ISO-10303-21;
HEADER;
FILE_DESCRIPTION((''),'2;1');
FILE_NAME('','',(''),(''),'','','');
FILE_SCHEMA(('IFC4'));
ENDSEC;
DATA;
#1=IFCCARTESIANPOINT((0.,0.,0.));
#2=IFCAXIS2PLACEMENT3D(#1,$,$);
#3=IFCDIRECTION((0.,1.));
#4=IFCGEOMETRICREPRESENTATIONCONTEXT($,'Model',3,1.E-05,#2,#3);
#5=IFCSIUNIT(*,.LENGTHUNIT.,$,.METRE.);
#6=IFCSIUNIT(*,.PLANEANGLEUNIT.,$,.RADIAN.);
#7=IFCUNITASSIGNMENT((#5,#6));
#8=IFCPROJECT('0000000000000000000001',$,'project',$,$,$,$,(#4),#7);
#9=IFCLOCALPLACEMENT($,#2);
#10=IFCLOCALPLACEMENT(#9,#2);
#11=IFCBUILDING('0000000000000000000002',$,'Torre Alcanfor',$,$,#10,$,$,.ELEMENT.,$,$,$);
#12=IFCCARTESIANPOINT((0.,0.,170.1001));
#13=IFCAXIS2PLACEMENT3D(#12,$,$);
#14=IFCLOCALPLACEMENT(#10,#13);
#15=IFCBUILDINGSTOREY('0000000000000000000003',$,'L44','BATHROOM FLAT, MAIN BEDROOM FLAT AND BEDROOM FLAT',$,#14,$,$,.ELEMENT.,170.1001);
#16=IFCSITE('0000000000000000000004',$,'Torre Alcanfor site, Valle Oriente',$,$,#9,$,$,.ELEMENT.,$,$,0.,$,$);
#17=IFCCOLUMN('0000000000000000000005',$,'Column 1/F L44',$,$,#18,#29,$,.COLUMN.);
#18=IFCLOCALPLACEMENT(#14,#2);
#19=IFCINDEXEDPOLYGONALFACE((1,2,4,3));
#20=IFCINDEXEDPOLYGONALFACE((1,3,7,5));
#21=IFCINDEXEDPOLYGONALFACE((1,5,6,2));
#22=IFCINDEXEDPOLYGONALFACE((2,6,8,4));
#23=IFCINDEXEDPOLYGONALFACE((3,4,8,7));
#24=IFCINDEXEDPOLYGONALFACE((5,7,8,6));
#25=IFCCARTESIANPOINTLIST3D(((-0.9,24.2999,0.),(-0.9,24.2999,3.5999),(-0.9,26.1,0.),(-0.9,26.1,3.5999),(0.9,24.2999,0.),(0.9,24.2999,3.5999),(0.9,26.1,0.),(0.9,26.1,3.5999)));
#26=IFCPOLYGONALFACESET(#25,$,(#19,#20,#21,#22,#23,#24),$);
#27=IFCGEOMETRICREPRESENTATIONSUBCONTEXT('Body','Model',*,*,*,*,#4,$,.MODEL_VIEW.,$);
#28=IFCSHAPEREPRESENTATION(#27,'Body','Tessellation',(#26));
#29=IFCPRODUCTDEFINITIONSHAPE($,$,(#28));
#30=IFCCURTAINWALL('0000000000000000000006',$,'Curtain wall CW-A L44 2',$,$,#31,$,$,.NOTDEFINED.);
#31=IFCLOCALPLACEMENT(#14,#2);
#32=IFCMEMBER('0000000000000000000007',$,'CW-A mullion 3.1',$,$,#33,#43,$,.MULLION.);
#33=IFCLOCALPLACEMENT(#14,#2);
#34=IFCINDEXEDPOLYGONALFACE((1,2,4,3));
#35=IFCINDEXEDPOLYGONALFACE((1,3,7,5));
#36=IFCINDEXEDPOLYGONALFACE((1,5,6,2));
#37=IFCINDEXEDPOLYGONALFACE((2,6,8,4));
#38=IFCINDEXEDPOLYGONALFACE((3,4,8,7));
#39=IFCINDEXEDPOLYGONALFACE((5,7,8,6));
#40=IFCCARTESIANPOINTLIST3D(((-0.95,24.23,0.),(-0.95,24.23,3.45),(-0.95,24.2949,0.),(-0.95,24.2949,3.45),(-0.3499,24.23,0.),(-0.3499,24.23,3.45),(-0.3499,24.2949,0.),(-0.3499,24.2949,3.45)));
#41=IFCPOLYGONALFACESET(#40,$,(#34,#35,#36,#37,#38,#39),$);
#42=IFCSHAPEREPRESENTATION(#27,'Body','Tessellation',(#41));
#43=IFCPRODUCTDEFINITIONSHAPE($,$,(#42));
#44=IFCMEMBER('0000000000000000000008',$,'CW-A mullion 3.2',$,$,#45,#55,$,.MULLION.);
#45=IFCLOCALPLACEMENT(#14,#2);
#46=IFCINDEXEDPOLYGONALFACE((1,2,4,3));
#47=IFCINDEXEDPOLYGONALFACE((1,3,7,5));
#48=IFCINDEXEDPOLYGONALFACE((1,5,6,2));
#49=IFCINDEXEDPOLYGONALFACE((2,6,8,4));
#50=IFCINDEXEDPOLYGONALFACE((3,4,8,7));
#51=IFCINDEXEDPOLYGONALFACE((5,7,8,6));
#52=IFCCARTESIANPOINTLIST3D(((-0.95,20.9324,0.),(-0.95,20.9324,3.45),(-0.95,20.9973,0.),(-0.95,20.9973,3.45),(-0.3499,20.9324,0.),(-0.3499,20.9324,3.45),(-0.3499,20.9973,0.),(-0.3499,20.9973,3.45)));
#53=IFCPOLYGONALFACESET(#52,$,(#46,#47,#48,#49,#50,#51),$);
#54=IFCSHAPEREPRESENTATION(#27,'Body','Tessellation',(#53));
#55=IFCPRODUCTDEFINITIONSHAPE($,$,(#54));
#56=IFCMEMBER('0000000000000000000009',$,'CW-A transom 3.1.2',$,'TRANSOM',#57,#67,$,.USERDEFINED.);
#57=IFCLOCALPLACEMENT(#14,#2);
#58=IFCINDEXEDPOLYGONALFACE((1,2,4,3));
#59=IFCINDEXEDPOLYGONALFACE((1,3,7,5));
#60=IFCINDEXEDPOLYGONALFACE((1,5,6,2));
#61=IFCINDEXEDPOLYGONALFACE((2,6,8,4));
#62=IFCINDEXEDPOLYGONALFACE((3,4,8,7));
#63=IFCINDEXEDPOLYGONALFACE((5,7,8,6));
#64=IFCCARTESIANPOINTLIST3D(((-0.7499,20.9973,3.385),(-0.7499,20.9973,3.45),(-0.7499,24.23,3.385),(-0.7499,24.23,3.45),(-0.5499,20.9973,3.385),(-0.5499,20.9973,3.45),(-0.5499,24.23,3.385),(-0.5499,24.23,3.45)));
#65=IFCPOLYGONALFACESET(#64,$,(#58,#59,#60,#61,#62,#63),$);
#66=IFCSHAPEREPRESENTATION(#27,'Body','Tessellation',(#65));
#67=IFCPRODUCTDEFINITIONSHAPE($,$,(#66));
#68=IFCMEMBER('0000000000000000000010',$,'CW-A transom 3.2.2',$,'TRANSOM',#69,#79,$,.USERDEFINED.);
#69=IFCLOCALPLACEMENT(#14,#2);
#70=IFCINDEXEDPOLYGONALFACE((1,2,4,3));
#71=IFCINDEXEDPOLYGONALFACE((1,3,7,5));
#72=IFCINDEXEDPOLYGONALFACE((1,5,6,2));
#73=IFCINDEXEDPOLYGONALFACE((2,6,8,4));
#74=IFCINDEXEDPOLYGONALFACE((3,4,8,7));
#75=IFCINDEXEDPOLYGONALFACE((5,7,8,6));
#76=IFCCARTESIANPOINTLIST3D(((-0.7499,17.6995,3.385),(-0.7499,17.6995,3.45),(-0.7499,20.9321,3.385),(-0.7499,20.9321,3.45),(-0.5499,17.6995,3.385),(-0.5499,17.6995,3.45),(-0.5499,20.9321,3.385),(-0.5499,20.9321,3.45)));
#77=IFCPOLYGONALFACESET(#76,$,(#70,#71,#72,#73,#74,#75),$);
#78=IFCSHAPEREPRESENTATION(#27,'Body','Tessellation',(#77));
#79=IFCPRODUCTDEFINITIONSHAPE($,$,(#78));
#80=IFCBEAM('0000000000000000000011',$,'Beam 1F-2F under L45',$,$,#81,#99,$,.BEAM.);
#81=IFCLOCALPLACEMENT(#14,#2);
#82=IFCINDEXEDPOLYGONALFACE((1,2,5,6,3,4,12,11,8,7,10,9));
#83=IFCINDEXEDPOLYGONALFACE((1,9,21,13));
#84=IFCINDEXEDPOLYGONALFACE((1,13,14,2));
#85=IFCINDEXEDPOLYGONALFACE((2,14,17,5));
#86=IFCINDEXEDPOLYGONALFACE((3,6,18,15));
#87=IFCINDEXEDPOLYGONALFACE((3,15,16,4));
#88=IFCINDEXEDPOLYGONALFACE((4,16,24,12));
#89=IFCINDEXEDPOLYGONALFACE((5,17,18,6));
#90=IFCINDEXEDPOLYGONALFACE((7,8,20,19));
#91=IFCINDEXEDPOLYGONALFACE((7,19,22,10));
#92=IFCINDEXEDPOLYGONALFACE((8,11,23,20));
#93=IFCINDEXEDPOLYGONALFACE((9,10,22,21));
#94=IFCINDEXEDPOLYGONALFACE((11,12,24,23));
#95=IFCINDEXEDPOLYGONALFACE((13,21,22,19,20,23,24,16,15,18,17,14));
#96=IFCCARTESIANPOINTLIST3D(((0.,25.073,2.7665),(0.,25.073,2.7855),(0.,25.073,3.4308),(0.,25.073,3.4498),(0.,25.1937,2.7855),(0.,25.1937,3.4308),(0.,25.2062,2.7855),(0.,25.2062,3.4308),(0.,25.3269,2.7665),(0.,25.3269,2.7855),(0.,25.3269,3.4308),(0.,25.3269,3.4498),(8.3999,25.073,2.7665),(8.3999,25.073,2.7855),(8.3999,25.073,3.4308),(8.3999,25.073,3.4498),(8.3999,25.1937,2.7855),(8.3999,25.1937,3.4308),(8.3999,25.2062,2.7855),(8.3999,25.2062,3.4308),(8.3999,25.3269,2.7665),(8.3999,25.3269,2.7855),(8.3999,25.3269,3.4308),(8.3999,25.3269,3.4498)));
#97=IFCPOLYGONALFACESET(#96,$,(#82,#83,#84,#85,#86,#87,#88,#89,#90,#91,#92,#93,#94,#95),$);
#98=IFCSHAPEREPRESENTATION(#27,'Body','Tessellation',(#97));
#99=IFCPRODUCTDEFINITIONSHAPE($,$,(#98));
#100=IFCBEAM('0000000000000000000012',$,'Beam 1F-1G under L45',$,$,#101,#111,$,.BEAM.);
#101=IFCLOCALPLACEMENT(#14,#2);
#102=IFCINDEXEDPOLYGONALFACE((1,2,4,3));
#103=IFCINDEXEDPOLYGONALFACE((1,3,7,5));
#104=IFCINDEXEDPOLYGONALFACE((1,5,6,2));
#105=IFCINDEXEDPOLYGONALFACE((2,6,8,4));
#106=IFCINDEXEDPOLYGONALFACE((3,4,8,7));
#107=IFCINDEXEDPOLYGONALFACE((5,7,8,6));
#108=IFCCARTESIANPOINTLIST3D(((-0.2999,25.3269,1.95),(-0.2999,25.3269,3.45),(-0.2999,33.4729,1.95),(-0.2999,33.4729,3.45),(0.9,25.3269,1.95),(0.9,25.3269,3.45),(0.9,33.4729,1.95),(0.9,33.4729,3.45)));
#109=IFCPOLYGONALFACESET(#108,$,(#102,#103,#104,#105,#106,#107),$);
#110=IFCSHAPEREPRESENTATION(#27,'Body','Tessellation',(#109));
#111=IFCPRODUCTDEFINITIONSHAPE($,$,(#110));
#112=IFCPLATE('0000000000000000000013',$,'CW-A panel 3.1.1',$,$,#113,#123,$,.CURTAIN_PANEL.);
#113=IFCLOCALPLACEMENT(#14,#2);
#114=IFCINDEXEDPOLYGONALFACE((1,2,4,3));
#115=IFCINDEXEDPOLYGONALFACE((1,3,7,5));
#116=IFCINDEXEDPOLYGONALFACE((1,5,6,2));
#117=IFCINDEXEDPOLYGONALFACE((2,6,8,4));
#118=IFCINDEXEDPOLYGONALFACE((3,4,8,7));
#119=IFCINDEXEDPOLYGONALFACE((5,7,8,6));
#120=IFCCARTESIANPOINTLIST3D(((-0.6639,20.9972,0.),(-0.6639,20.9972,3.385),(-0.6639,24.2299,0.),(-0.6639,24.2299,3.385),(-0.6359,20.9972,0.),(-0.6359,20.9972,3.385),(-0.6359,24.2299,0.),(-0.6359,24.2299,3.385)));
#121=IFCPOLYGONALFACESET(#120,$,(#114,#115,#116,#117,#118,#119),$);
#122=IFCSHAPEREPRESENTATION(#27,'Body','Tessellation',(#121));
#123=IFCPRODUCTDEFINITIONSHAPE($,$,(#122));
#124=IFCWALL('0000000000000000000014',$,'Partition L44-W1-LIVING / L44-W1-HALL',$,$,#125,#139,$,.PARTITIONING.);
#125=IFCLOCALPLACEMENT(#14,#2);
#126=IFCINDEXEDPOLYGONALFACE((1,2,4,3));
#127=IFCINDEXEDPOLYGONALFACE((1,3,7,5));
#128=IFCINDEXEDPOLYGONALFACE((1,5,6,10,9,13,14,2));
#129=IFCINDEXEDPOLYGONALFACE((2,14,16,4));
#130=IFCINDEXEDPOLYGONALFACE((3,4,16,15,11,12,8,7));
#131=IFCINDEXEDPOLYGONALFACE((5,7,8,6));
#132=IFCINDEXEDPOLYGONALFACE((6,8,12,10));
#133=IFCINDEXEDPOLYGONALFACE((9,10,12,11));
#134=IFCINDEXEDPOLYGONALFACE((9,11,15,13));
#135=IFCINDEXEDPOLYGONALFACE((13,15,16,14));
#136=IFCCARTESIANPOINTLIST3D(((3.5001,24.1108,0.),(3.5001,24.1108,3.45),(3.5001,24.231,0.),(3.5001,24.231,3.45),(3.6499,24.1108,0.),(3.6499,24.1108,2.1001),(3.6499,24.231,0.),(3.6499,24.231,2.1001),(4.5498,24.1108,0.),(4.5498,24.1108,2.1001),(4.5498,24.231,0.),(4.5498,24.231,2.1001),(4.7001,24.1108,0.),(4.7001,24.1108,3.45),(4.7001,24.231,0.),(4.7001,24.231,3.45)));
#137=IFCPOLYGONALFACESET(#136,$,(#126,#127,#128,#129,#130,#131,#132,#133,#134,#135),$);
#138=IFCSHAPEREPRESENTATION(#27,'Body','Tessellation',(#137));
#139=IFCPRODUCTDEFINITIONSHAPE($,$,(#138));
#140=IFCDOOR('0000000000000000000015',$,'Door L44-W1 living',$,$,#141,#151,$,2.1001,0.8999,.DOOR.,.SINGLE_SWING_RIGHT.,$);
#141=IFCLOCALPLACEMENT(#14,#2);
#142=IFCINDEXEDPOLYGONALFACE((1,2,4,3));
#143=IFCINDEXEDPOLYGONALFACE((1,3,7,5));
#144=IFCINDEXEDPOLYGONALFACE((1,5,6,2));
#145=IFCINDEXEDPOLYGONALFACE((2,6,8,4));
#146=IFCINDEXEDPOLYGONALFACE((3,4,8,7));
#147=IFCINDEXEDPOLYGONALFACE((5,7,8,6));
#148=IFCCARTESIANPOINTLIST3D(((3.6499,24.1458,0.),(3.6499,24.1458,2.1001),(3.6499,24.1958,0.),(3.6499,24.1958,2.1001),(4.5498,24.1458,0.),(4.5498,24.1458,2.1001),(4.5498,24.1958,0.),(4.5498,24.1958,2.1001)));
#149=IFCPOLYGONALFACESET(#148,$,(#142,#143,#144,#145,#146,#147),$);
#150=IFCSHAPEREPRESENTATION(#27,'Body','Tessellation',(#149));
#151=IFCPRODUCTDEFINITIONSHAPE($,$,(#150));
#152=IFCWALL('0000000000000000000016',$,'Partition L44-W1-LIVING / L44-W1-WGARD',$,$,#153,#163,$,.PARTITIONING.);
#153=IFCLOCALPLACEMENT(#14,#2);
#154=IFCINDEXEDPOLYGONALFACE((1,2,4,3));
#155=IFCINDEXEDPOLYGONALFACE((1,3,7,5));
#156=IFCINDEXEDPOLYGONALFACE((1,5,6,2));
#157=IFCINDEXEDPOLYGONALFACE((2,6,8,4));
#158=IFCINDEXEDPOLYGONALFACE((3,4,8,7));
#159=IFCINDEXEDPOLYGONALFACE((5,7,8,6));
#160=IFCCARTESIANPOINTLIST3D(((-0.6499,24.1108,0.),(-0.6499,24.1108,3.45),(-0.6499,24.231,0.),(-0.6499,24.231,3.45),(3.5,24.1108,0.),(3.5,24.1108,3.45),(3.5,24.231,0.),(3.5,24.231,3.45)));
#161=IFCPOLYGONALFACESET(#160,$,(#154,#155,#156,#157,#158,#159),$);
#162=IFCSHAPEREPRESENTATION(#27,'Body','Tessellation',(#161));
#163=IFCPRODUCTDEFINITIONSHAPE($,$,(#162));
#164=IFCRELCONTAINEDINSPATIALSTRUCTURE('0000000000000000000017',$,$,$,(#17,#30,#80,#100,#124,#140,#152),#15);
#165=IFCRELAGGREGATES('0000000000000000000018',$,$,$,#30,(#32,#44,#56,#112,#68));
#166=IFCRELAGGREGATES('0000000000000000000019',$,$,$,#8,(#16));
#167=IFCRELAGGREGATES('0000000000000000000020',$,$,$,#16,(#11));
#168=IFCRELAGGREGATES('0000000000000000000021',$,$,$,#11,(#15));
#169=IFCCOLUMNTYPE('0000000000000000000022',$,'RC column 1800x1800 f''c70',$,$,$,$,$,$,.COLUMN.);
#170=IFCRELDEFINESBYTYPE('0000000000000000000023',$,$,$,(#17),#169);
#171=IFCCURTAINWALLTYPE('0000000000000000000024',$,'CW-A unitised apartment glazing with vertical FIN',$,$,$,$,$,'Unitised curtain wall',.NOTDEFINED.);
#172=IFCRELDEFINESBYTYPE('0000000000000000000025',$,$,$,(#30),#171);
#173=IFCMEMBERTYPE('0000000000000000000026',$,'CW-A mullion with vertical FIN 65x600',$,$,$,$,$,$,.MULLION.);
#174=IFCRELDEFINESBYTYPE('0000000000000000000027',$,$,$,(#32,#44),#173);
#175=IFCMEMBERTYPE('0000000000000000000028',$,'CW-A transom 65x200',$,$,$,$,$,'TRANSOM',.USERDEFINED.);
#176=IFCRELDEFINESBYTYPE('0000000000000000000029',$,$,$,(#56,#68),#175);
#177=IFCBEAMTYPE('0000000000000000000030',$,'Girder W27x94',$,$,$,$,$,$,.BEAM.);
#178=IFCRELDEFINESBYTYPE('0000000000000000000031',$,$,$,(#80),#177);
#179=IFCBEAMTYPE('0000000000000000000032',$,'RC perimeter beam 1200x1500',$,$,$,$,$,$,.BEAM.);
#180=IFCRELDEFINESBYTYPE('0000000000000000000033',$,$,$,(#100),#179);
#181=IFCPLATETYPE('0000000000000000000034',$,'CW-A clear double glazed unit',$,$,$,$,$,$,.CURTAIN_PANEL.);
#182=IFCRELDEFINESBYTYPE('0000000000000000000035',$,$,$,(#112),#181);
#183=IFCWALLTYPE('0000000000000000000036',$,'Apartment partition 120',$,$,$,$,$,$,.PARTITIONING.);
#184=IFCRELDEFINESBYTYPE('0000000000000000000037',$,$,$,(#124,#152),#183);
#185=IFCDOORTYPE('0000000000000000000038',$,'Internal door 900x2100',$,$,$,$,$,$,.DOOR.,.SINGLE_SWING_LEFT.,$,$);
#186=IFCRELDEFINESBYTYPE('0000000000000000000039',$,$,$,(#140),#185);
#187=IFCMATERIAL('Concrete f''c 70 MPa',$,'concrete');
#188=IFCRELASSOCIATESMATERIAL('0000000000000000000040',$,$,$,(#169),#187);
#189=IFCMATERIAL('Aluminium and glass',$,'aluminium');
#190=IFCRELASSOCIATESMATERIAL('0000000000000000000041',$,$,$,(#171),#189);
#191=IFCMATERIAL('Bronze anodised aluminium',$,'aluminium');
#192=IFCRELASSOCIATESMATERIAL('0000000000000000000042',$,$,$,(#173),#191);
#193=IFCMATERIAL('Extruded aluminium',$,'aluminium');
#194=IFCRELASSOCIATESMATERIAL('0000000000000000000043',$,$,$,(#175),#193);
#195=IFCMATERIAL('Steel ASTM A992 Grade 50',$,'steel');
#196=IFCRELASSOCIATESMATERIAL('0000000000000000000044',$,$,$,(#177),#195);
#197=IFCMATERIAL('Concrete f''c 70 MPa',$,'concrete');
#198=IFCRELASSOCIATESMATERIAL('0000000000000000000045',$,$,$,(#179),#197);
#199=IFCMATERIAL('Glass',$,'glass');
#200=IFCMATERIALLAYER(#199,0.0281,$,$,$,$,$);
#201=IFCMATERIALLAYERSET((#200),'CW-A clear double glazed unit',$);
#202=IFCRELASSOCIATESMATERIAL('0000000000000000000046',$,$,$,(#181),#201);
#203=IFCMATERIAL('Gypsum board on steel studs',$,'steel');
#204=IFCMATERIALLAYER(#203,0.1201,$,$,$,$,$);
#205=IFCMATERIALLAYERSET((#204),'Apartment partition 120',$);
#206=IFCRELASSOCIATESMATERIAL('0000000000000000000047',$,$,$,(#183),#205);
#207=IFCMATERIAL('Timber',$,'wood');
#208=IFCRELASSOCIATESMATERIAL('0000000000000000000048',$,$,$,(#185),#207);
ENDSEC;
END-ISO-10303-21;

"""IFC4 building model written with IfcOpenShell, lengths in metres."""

from ifc_helpers import new_model, si_unit, direction, frame, frame_2d, origin, origin_2d, place, context, subcontext, project, spatial, rectangle, i_section, extrude, material, layer, layer_set, material_profile, profile_set, type_object, element, fill, aggregate, save


model = new_model("IFC4")

# Units and contexts
model_context = context("Model", 3, precision=1e-05, world=origin(), true_north=direction((0.0, 1.0)))
body_context = subcontext(model_context, "Body", "Model", "MODEL_VIEW")
ifc_project = project(units=[si_unit("LENGTHUNIT", "METRE"), si_unit("PLANEANGLEUNIT", "RADIAN")], contexts=[model_context])

# Site, building, storey
site_placement = place(None, origin())
site = spatial("IfcSite", under=ifc_project, at=site_placement, Name="Torre Alcanfor site, Valle Oriente", CompositionType="ELEMENT", RefElevation=0.0)
building_placement = place(site_placement, origin())
building = spatial("IfcBuilding", under=site, at=building_placement, Name="Torre Alcanfor", CompositionType="ELEMENT")
storey_placement = place(building_placement, frame((0.0, 0.0, 170.1001)))
storey = spatial("IfcBuildingStorey", under=building, at=storey_placement, Name="L44", Description="BATHROOM FLAT, MAIN BEDROOM FLAT AND BEDROOM FLAT", CompositionType="ELEMENT", Elevation=170.1001)

# Column
ifc_material_1 = material(Name="Concrete f'c 70 MPa", Category="concrete")
ifc_material_profile_1 = material_profile(ifc_material_1, rectangle(XDim=1.8, YDim=1.8, at=origin_2d()), Name="1800x1800")
ifc_profile_set_1 = profile_set([ifc_material_profile_1], Name="Concrete f'c 70 MPa")
column_type = type_object("IfcColumnType", Name="RC column 1800x1800 f'c70", PredefinedType="COLUMN", material=ifc_profile_set_1)
column_placement = place(storey_placement, frame((0.0, 25.2, 0.0), z_axis=(0.0, 0.0, 1.0), x_axis=(1.0, 0.0, 0.0)))
element("IfcColumn", 1, at=column_placement, inside=storey, type_object=column_type, Name="Column 1/F L44", PredefinedType="COLUMN", context=body_context, shape_type="SweptSolid", body=[
    extrude(rectangle(XDim=1.8, YDim=1.8, at=origin_2d()), origin(), (0.0, 0.0, 1.0), 3.5999),
])

# Curtain wall, members
ifc_material_2 = material(Name="Aluminium and glass", Category="aluminium")
curtain_wall_type = type_object("IfcCurtainWallType", Name="CW-A unitised apartment glazing with vertical FIN", ElementType="Unitised curtain wall", PredefinedType="NOTDEFINED", material=ifc_material_2)
curtain_wall_placement = place(storey_placement, origin())
curtain_wall = element("IfcCurtainWall", 2, at=curtain_wall_placement, inside=storey, type_object=curtain_wall_type, Name="Curtain wall CW-A L44 2", PredefinedType="NOTDEFINED")
ifc_material_3 = material(Name="Bronze anodised aluminium", Category="aluminium")
ifc_material_profile_2 = material_profile(ifc_material_3, rectangle(XDim=0.6001, YDim=0.0649, at=origin_2d()), Name="CW-A mullion 65x600")
ifc_profile_set_2 = profile_set([ifc_material_profile_2], Name="Bronze anodised aluminium")
member_type_1 = type_object("IfcMemberType", Name="CW-A mullion with vertical FIN 65x600", PredefinedType="MULLION", material=ifc_profile_set_2)
member_1_placement = place(storey_placement, frame((-0.6499, 24.2625, 0.0), z_axis=(0.0, 0.0, 1.0), x_axis=(1.0, 0.0, 0.0)))
member_1 = element("IfcMember", 3, at=member_1_placement, type_object=member_type_1, Name="CW-A mullion 3.1", PredefinedType="MULLION", context=body_context, shape_type="SweptSolid", body=[
    extrude(rectangle(XDim=0.6001, YDim=0.0649, at=origin_2d()), origin(), (0.0, 0.0, 1.0), 3.45),
])
member_2_placement = place(storey_placement, frame((-0.6499, 20.9648, 0.0), z_axis=(0.0, 0.0, 1.0), x_axis=(1.0, 0.0, 0.0)))
member_2 = element("IfcMember", 4, at=member_2_placement, type_object=member_type_1, Name="CW-A mullion 3.2", PredefinedType="MULLION", context=body_context, shape_type="SweptSolid", body=[
    extrude(rectangle(XDim=0.6001, YDim=0.0649, at=origin_2d()), origin(), (0.0, 0.0, 1.0), 3.45),
])
ifc_material_4 = material(Name="Extruded aluminium", Category="aluminium")
ifc_material_profile_3 = material_profile(ifc_material_4, rectangle(XDim=0.2, YDim=0.0649, at=origin_2d()), Name="CW-A transom 200x65")
ifc_profile_set_3 = profile_set([ifc_material_profile_3], Name="Extruded aluminium")
member_type_2 = type_object("IfcMemberType", Name="CW-A transom 65x200", ElementType="TRANSOM", PredefinedType="USERDEFINED", material=ifc_profile_set_3)
member_3_placement = place(storey_placement, frame((-0.6499, 24.23, 3.4175), z_axis=(0.0, -1.0, 0.0), x_axis=(1.0, 0.0, 0.0)))
member_3 = element("IfcMember", 5, at=member_3_placement, type_object=member_type_2, Name="CW-A transom 3.1.2", ObjectType="TRANSOM", PredefinedType="USERDEFINED", context=body_context, shape_type="SweptSolid", body=[
    extrude(rectangle(XDim=0.2, YDim=0.0649, at=origin_2d()), origin(), (0.0, 0.0, 1.0), 3.2327),
])
member_4_placement = place(storey_placement, frame((-0.6499, 20.9321, 3.4175), z_axis=(0.0, -1.0, 0.0), x_axis=(1.0, 0.0, 0.0)))
member_4 = element("IfcMember", 6, at=member_4_placement, type_object=member_type_2, Name="CW-A transom 3.2.2", ObjectType="TRANSOM", PredefinedType="USERDEFINED", context=body_context, shape_type="SweptSolid", body=[
    extrude(rectangle(XDim=0.2, YDim=0.0649, at=origin_2d()), origin(), (0.0, 0.0, 1.0), 3.2327),
])

# Beams
ifc_material_5 = material(Name="Steel ASTM A992 Grade 50", Category="steel")
ifc_material_profile_4 = material_profile(ifc_material_5, i_section(OverallWidth=0.2539, OverallDepth=0.6833, WebThickness=0.0125, FlangeThickness=0.019, at=origin_2d()), Name="W27x94")
ifc_profile_set_4 = profile_set([ifc_material_profile_4], Name="Steel ASTM A992 Grade 50")
beam_type_1 = type_object("IfcBeamType", Name="Girder W27x94", PredefinedType="BEAM", material=ifc_profile_set_4)
beam_1_placement = place(storey_placement, frame((0.0, 25.2, 3.1082), z_axis=(1.0, 0.0, 0.0), x_axis=(0.0, 1.0, 0.0)))
element("IfcBeam", 7, at=beam_1_placement, inside=storey, type_object=beam_type_1, Name="Beam 1F-2F under L45", PredefinedType="BEAM", context=body_context, shape_type="SweptSolid", body=[
    extrude(i_section(OverallWidth=0.2539, OverallDepth=0.6833, WebThickness=0.0125, FlangeThickness=0.019, at=origin_2d()), origin(), (0.0, 0.0, 1.0), 8.3999),
])
ifc_material_6 = material(Name="Concrete f'c 70 MPa", Category="concrete")
ifc_material_profile_5 = material_profile(ifc_material_6, rectangle(XDim=1.2, YDim=1.5, at=origin_2d()), Name="1200x1500")
ifc_profile_set_5 = profile_set([ifc_material_profile_5], Name="Concrete f'c 70 MPa")
beam_type_2 = type_object("IfcBeamType", Name="RC perimeter beam 1200x1500", PredefinedType="BEAM", material=ifc_profile_set_5)
beam_2_placement = place(storey_placement, frame((0.3, 25.3269, 2.7), z_axis=(0.0, 1.0, 0.0), x_axis=(-1.0, 0.0, 0.0)))
element("IfcBeam", 8, at=beam_2_placement, inside=storey, type_object=beam_type_2, Name="Beam 1F-1G under L45", PredefinedType="BEAM", context=body_context, shape_type="SweptSolid", body=[
    extrude(rectangle(XDim=1.2, YDim=1.5, at=origin_2d()), origin(), (0.0, 0.0, 1.0), 8.146),
])

# Plate
ifc_material_7 = material(Name="Glass", Category="glass")
ifc_layer_1 = layer(ifc_material_7, 0.0281)
ifc_layer_set_1 = layer_set([ifc_layer_1], Name="CW-A clear double glazed unit")
plate_type = type_object("IfcPlateType", Name="CW-A clear double glazed unit", PredefinedType="CURTAIN_PANEL", material=ifc_layer_set_1)
plate_placement = place(storey_placement, frame((-0.6499, 22.6135, 0.0), z_axis=(0.0, 0.0, 1.0), x_axis=(0.0, -1.0, 0.0)))
plate = element("IfcPlate", 9, at=plate_placement, type_object=plate_type, Name="CW-A panel 3.1.1", PredefinedType="CURTAIN_PANEL", context=body_context, shape_type="SweptSolid", body=[
    extrude(rectangle(XDim=3.2327, YDim=0.0281, at=origin_2d()), origin(), (0.0, 0.0, 1.0), 3.385),
])
aggregate(curtain_wall, [member_1, member_2, member_3, plate, member_4])

# Wall, opening, door
ifc_material_8 = material(Name="Gypsum board on steel studs", Category="steel")
ifc_layer_2 = layer(ifc_material_8, 0.1201)
ifc_layer_set_2 = layer_set([ifc_layer_2], Name="Apartment partition 120")
wall_type = type_object("IfcWallType", Name="Apartment partition 120", PredefinedType="PARTITIONING", material=ifc_layer_set_2)
wall_1_placement = place(storey_placement, frame((3.5, 24.1709, 0.0), z_axis=(0.0, 0.0, 1.0), x_axis=(1.0, 0.0, 0.0)))
wall_1 = element("IfcWall", 10, at=wall_1_placement, inside=storey, type_object=wall_type, Name="Partition L44-W1-LIVING / L44-W1-HALL", PredefinedType="PARTITIONING", context=body_context, shape_type="SweptSolid", body=[
    extrude(rectangle(XDim=1.2, YDim=0.1201, at=frame_2d((0.6001, 0.0))), origin(), (0.0, 0.0, 1.0), 3.45),
])
opening_1_placement = place(wall_1_placement, frame((0.1499, 0.0, 0.0)))
opening_1 = element("IfcOpeningElement", 11, at=opening_1_placement, cuts=wall_1, PredefinedType="OPENING", context=body_context, shape_type="SweptSolid", body=[
    extrude(rectangle(XDim=0.8999, YDim=2.1001, at=frame_2d((0.45, 1.05))), frame((0.0, 0.0701, 0.0), z_axis=(0.0, -1.0, 0.0), x_axis=(1.0, 0.0, 0.0)), (0.0, 0.0, 1.0), 0.1401),
])
ifc_material_9 = material(Name="Timber", Category="wood")
door_type = type_object("IfcDoorType", Name="Internal door 900x2100", OperationType="SINGLE_SWING_LEFT", PredefinedType="DOOR", material=ifc_material_9)
door_1_placement = place(opening_1_placement, origin())
door_1 = element("IfcDoor", 12, at=door_1_placement, inside=storey, type_object=door_type, Name="Door L44-W1 living", OperationType="SINGLE_SWING_RIGHT", OverallHeight=2.1001, OverallWidth=0.8999, PredefinedType="DOOR", context=body_context, shape_type="SweptSolid", body=[
    extrude(rectangle(XDim=0.8999, YDim=2.1001, at=frame_2d((0.45, 1.05))), frame((0.0, 0.0249, 0.0), z_axis=(0.0, -1.0, 0.0), x_axis=(1.0, 0.0, 0.0)), (0.0, 0.0, 1.0), 0.05),
])
fill(opening_1, door_1)

# Wall
wall_2_placement = place(storey_placement, frame((-0.6499, 24.1709, 0.0), z_axis=(0.0, 0.0, 1.0), x_axis=(1.0, 0.0, 0.0)))
element("IfcWall", 13, at=wall_2_placement, inside=storey, type_object=wall_type, Name="Partition L44-W1-LIVING / L44-W1-WGARD", PredefinedType="PARTITIONING", context=body_context, shape_type="SweptSolid", body=[
    extrude(rectangle(XDim=4.1499, YDim=0.1201, at=frame_2d((2.075, 0.0))), origin(), (0.0, 0.0, 1.0), 3.45),
])

save(model, "model.ifc")
